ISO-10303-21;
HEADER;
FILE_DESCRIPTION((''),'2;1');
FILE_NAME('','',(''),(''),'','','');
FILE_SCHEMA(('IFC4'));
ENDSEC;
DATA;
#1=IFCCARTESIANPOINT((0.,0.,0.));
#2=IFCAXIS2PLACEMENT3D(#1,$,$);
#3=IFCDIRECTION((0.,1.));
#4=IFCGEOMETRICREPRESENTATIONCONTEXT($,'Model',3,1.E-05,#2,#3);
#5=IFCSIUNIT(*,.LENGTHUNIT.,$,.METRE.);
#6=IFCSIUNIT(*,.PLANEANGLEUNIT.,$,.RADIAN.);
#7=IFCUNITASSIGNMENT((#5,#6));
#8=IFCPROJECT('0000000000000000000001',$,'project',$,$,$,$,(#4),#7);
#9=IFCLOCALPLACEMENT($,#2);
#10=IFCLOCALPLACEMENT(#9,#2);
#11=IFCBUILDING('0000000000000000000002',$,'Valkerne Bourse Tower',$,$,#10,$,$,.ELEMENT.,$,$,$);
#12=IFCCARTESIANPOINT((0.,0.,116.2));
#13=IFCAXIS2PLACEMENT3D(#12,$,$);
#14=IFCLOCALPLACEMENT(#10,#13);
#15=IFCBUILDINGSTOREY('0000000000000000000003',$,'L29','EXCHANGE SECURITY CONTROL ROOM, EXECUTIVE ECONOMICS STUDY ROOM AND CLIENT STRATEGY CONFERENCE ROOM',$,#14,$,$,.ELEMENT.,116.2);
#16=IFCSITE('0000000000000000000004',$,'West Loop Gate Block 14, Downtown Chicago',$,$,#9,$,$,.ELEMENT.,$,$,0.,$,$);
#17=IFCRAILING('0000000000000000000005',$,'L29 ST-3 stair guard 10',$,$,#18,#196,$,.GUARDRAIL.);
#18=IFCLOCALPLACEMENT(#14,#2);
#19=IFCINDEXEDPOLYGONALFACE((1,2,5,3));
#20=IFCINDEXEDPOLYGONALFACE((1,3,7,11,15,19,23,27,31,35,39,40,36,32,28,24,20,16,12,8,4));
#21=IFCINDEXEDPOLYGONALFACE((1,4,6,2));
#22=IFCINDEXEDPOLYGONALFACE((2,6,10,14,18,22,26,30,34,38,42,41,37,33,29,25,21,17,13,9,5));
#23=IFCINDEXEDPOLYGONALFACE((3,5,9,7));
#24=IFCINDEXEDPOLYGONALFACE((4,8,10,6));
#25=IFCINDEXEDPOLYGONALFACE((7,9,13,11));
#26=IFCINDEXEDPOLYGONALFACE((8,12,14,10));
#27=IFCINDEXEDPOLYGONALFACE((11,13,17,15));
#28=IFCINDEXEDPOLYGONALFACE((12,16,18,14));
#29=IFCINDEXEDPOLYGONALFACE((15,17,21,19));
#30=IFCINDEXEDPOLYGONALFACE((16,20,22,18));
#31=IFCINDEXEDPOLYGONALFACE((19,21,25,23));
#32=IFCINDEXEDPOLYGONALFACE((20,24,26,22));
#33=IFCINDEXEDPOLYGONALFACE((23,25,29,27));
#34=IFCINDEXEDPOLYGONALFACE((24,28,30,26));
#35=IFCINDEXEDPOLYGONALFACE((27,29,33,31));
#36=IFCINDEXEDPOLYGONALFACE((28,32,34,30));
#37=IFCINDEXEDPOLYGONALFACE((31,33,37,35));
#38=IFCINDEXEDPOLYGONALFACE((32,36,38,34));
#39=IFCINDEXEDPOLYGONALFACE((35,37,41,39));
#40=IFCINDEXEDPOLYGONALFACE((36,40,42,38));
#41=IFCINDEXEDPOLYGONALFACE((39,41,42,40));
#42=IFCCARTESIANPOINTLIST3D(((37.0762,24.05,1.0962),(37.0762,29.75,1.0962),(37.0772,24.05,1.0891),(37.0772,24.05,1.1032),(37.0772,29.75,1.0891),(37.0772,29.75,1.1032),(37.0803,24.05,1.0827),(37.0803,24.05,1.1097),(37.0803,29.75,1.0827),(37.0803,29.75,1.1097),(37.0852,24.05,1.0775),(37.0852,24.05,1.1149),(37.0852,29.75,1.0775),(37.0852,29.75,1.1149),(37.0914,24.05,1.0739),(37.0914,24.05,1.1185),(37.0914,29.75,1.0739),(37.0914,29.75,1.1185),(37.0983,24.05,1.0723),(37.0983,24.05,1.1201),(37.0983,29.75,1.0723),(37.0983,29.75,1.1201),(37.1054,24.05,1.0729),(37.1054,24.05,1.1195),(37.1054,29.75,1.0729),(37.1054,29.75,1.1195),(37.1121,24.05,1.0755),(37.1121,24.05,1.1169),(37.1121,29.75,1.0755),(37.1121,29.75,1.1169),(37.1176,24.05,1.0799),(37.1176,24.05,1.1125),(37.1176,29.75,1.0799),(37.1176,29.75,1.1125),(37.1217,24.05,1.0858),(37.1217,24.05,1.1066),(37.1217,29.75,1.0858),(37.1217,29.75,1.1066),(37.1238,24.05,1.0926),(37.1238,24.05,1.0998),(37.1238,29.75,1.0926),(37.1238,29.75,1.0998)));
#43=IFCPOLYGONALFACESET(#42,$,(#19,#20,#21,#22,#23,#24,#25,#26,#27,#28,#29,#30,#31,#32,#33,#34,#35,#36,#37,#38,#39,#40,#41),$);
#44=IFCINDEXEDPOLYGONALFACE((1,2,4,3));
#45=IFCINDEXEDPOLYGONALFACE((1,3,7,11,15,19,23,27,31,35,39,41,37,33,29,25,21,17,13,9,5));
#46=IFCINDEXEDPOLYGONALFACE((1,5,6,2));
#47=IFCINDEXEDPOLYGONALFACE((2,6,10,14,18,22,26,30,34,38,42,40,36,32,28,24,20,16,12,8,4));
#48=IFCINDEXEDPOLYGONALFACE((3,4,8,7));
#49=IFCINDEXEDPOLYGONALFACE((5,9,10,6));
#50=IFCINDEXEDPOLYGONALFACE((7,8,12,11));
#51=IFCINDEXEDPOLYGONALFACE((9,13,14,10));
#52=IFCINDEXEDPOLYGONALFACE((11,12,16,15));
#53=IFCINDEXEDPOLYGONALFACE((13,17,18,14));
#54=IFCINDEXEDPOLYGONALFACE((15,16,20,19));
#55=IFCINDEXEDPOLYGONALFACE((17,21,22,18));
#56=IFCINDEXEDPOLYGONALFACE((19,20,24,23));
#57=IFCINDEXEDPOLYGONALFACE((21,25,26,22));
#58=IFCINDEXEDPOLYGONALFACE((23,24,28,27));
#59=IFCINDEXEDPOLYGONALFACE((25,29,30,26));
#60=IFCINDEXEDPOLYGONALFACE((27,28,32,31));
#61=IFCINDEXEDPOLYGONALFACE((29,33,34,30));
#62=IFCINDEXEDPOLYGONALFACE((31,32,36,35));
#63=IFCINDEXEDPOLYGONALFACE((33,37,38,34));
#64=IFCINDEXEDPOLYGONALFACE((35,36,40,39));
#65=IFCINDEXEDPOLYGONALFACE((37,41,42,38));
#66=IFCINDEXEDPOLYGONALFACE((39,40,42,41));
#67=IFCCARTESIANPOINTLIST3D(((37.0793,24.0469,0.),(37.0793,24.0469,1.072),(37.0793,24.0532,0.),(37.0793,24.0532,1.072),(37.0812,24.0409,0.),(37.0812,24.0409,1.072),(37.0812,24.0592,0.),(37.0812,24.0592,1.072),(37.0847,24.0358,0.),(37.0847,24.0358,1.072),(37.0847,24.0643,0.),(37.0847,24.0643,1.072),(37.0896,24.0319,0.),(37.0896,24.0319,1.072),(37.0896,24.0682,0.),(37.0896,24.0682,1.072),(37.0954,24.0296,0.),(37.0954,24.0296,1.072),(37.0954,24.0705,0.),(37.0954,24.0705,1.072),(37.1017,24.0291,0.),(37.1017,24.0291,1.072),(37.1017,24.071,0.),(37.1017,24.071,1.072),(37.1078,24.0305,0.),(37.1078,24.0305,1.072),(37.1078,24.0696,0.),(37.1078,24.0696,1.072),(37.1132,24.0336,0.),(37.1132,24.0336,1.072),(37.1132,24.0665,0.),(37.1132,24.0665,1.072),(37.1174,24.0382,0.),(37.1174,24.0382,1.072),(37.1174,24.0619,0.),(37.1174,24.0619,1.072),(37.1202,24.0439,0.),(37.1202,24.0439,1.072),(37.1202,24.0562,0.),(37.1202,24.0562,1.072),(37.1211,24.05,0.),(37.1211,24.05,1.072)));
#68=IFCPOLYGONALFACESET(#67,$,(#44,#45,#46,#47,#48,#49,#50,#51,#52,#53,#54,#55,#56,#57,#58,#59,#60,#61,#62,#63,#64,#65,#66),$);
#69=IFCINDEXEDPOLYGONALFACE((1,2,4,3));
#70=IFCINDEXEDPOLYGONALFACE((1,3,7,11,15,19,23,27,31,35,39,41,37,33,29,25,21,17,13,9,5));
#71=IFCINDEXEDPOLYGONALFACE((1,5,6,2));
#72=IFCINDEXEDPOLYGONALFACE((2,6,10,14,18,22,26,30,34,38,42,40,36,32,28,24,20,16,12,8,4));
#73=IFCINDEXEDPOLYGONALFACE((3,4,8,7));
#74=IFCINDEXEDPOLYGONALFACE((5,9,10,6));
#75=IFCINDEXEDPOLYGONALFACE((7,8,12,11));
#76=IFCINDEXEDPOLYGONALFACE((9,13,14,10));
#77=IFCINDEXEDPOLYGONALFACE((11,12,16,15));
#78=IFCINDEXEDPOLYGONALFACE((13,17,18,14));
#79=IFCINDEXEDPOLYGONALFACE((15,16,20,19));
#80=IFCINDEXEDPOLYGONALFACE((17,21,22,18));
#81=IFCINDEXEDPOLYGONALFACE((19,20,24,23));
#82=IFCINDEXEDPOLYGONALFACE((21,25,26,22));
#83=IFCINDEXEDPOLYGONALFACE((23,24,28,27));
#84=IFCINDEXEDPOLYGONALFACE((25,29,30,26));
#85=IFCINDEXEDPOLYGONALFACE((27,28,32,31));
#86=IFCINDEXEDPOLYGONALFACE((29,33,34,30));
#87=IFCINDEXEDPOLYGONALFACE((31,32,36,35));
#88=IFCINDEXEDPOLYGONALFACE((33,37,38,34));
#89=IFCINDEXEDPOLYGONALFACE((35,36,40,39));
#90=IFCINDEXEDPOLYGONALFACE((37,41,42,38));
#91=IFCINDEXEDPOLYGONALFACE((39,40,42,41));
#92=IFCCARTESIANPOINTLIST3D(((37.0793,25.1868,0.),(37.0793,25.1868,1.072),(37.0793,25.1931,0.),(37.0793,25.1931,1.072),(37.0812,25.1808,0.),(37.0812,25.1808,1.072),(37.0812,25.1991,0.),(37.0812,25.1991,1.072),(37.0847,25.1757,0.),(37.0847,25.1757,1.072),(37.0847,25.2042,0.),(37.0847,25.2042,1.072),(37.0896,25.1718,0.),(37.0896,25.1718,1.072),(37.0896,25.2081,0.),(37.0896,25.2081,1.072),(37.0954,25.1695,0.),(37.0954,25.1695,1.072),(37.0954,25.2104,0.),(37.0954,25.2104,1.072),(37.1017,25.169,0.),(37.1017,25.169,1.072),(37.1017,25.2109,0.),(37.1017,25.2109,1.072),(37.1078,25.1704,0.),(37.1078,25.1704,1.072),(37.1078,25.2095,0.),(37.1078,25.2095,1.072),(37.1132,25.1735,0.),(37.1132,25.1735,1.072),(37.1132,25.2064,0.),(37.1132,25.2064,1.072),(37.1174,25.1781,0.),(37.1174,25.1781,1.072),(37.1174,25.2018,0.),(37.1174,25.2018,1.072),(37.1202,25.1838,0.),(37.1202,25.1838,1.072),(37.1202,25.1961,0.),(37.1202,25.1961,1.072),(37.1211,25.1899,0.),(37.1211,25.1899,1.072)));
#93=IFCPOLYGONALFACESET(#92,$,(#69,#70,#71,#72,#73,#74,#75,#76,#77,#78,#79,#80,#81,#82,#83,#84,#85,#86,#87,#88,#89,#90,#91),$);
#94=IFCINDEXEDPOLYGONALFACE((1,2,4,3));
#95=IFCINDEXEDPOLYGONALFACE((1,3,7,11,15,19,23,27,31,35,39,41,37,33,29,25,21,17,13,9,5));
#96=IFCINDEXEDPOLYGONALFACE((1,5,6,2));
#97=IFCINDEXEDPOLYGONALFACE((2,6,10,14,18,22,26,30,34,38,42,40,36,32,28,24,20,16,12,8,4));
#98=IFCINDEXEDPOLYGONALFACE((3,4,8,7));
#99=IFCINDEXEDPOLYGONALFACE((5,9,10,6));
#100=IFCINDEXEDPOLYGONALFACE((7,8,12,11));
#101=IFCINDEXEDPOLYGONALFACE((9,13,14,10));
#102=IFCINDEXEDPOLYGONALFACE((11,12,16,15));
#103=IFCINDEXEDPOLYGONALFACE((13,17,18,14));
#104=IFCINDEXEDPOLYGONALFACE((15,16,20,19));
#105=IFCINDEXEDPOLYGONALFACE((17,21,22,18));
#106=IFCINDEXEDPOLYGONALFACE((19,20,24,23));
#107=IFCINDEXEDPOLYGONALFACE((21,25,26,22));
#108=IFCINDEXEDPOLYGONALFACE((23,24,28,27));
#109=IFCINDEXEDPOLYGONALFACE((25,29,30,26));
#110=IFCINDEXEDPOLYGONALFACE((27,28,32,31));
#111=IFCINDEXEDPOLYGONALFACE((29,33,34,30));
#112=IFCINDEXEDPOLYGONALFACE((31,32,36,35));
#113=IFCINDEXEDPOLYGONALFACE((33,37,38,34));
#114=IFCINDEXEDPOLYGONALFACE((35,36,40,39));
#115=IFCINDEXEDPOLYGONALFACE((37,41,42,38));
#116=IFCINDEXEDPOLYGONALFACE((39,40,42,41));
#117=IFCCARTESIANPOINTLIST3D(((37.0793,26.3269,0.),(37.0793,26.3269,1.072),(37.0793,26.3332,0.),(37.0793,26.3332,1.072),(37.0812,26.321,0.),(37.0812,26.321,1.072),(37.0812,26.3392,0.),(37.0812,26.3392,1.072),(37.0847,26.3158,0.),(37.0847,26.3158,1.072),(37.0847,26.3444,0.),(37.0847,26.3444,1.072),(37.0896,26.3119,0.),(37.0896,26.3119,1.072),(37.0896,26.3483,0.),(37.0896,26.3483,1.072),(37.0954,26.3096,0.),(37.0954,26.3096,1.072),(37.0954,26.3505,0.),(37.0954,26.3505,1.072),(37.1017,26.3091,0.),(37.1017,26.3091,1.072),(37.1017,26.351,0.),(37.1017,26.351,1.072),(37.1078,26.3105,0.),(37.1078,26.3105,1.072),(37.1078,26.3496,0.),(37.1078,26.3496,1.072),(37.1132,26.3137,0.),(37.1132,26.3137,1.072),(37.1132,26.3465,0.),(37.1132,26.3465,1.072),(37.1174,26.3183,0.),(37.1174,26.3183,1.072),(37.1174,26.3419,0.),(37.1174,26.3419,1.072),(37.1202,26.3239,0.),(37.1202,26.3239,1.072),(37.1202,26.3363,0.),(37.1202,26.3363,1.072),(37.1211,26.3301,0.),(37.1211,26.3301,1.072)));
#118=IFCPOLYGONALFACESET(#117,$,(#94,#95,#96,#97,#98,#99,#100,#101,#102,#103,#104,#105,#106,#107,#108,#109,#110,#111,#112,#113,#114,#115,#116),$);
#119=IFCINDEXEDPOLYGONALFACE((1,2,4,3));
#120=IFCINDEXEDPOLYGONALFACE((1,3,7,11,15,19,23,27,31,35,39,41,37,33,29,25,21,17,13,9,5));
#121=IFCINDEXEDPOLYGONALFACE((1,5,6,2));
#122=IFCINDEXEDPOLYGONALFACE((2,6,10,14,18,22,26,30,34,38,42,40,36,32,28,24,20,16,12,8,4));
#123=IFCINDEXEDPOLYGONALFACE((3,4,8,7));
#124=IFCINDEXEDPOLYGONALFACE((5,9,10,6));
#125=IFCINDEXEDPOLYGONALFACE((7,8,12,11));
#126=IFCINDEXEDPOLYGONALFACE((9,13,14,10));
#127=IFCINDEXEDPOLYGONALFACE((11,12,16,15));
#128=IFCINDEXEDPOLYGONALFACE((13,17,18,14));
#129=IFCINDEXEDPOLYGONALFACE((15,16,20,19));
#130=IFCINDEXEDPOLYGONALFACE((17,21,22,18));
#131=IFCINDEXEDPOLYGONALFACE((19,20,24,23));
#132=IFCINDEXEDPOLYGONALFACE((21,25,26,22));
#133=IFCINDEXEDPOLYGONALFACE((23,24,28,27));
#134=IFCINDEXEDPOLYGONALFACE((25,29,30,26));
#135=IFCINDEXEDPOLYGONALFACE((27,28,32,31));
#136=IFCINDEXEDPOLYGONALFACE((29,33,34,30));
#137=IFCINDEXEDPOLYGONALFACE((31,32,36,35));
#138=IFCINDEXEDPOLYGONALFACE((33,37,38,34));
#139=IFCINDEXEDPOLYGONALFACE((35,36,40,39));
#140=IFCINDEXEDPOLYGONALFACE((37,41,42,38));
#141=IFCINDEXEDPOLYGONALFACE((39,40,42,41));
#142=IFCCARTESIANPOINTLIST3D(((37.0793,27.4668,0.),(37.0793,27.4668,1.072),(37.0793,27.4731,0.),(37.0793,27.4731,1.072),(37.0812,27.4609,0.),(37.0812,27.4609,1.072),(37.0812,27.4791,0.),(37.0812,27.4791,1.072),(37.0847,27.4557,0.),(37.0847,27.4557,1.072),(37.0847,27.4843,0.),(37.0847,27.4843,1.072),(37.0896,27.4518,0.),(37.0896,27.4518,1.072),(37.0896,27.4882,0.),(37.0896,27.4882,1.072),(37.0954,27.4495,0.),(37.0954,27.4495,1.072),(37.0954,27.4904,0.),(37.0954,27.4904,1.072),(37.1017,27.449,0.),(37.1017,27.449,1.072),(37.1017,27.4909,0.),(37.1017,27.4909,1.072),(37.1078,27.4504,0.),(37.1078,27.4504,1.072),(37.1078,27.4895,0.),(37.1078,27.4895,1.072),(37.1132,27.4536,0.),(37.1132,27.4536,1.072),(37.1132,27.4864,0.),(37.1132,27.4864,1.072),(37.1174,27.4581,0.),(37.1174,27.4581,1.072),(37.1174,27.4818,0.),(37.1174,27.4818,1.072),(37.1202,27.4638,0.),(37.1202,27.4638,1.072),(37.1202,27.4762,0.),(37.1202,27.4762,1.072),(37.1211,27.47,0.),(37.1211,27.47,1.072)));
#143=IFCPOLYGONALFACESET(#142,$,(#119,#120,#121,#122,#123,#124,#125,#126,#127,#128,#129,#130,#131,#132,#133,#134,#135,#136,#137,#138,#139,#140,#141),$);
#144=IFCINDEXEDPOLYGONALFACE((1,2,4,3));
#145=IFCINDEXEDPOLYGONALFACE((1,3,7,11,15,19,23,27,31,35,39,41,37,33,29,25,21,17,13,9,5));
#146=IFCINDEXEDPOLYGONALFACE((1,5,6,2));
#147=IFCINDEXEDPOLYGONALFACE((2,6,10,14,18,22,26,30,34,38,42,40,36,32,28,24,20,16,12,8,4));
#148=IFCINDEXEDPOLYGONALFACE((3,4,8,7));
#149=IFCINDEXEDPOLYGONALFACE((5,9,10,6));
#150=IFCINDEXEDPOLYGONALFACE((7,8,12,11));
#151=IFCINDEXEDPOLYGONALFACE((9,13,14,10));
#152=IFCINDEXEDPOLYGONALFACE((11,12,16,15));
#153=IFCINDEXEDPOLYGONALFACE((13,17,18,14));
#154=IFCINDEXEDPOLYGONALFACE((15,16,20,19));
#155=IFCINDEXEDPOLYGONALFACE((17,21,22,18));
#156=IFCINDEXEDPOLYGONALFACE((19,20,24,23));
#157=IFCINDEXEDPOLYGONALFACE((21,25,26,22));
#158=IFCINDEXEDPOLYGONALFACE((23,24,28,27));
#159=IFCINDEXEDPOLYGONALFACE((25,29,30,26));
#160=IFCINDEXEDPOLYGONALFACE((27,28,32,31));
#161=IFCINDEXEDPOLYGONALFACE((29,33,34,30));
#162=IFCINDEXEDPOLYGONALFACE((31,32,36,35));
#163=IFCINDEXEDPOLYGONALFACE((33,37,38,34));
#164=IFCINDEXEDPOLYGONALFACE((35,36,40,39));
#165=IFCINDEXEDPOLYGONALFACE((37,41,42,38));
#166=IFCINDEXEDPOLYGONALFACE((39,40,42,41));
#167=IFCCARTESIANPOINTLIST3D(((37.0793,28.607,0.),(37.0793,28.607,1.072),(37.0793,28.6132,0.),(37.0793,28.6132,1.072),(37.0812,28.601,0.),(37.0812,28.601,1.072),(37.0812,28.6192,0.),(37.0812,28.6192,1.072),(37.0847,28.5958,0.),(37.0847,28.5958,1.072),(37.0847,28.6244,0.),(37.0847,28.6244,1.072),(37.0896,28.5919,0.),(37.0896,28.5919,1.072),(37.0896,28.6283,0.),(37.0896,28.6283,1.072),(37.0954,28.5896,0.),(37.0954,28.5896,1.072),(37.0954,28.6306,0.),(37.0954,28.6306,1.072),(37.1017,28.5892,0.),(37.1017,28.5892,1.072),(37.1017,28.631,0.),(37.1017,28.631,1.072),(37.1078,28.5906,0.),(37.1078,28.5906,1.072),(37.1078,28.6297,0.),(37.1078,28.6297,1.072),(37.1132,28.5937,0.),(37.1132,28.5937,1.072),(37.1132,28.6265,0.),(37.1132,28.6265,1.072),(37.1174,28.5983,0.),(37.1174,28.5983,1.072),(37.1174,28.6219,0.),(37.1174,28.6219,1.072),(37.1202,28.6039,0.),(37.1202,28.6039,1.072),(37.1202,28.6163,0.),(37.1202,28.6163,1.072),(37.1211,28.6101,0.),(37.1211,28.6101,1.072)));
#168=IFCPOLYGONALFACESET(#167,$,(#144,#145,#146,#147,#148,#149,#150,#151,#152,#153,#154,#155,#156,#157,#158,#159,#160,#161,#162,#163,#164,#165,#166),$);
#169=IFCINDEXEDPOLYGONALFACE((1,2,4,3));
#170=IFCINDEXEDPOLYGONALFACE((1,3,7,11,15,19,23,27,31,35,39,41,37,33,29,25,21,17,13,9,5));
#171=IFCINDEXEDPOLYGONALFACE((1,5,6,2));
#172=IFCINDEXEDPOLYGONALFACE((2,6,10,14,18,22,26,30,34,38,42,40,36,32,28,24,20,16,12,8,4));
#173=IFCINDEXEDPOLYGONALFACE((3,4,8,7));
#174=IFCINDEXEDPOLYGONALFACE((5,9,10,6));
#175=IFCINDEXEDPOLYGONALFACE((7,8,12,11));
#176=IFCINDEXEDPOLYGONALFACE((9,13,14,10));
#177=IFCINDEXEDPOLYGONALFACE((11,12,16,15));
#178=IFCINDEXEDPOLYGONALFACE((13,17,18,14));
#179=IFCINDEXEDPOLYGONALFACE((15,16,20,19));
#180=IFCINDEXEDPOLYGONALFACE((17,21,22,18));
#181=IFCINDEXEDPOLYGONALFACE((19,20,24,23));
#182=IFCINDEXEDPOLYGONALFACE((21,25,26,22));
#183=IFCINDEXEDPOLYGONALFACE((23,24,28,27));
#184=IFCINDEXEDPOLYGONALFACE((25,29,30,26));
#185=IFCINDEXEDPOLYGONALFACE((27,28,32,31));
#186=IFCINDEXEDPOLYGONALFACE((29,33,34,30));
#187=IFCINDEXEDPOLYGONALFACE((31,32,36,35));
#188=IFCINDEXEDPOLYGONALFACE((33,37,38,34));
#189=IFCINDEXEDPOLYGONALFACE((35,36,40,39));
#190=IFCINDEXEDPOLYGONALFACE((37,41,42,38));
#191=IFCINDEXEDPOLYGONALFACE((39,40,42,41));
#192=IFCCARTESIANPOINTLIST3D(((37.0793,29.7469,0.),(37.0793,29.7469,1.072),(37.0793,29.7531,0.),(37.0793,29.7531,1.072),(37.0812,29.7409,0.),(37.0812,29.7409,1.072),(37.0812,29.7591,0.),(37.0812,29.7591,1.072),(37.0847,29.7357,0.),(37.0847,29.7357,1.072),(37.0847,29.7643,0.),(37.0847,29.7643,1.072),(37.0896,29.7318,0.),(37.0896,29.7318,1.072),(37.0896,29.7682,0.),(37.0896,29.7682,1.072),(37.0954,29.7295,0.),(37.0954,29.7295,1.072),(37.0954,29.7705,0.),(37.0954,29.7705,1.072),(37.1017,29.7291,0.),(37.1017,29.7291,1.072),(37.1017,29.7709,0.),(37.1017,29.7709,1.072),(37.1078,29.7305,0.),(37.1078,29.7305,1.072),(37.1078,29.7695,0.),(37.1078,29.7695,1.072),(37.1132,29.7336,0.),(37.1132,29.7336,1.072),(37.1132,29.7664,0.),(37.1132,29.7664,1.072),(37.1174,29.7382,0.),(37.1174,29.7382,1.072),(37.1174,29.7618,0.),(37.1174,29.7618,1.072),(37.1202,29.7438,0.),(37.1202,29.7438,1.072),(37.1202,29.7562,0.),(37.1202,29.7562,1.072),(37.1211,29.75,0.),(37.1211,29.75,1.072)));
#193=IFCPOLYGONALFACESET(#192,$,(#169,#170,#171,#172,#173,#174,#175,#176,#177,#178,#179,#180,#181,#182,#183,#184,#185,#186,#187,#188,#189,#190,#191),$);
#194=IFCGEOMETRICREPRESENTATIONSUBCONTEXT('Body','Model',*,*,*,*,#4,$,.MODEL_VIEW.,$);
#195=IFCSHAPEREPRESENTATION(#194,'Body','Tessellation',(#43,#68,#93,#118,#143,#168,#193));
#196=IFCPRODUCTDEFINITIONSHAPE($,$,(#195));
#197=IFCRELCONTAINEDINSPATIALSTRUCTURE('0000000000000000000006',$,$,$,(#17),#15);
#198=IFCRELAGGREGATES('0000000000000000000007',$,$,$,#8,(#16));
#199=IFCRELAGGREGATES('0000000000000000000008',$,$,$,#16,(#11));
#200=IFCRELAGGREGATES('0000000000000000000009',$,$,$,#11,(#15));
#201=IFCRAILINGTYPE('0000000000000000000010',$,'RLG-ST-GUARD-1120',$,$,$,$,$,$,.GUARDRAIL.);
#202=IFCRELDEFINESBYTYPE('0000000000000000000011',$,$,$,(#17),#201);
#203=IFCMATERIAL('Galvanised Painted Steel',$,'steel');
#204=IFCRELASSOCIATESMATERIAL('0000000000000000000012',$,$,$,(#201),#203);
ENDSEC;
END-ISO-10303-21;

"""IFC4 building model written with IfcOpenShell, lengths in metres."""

from ifc_helpers import new_model, si_unit, direction, frame, origin, origin_2d, place, context, subcontext, project, spatial, circle, extrude, material, type_object, element, save


model = new_model("IFC4")

# Units and contexts
model_context = context("Model", 3, precision=1e-05, world=origin(), true_north=direction((0.0, 1.0)))
body_context = subcontext(model_context, "Body", "Model", "MODEL_VIEW")
ifc_project = project(units=[si_unit("LENGTHUNIT", "METRE"), si_unit("PLANEANGLEUNIT", "RADIAN")], contexts=[model_context])

# Site, building, storey
site_placement = place(None, origin())
site = spatial("IfcSite", under=ifc_project, at=site_placement, Name="West Loop Gate Block 14, Downtown Chicago", CompositionType="ELEMENT", RefElevation=0.0)
building_placement = place(site_placement, origin())
building = spatial("IfcBuilding", under=site, at=building_placement, Name="Valkerne Bourse Tower", CompositionType="ELEMENT")
storey_placement = place(building_placement, frame((0.0, 0.0, 116.2)))
storey = spatial("IfcBuildingStorey", under=building, at=storey_placement, Name="L29", Description="EXCHANGE SECURITY CONTROL ROOM, EXECUTIVE ECONOMICS STUDY ROOM AND CLIENT STRATEGY CONFERENCE ROOM", CompositionType="ELEMENT", Elevation=116.2)

# Railing
ifc_material_1 = material(Name="Galvanised Painted Steel", Category="steel")
railing_type_1 = type_object("IfcRailingType", Name="RLG-ST-GUARD-1120", PredefinedType="GUARDRAIL", material=ifc_material_1)
for number, where, name in (
    (1, (37.1001, 24.05, 0.0), "L29 ST-3 stair guard 10"),
):
    element("IfcRailing", number, at=place(storey_placement, frame(where)), inside=storey, type_object=railing_type_1, Name=name, PredefinedType="GUARDRAIL", context=body_context, shape_type="SweptSolid", body=[
        extrude(circle(Radius=0.0239, at=origin_2d()), frame((0.0, 0.0, 1.0962), z_axis=(0.0, 1.0, 0.0), x_axis=(-1.0, 0.0, 0.0)), (0.0, 0.0, 1.0), 5.7),
        extrude(circle(Radius=0.021, at=origin_2d()), origin(), (0.0, 0.0, 1.0), 1.072),
        extrude(circle(Radius=0.021, at=origin_2d()), frame((0.0, 1.1399, 0.0)), (0.0, 0.0, 1.0), 1.072),
        extrude(circle(Radius=0.021, at=origin_2d()), frame((0.0, 2.28, 0.0)), (0.0, 0.0, 1.0), 1.072),
        extrude(circle(Radius=0.021, at=origin_2d()), frame((0.0, 3.4199, 0.0)), (0.0, 0.0, 1.0), 1.072),
        extrude(circle(Radius=0.021, at=origin_2d()), frame((0.0, 4.5601, 0.0)), (0.0, 0.0, 1.0), 1.072),
        extrude(circle(Radius=0.021, at=origin_2d()), frame((0.0, 5.7, 0.0)), (0.0, 0.0, 1.0), 1.072),
    ])

save(model, "model.ifc")
